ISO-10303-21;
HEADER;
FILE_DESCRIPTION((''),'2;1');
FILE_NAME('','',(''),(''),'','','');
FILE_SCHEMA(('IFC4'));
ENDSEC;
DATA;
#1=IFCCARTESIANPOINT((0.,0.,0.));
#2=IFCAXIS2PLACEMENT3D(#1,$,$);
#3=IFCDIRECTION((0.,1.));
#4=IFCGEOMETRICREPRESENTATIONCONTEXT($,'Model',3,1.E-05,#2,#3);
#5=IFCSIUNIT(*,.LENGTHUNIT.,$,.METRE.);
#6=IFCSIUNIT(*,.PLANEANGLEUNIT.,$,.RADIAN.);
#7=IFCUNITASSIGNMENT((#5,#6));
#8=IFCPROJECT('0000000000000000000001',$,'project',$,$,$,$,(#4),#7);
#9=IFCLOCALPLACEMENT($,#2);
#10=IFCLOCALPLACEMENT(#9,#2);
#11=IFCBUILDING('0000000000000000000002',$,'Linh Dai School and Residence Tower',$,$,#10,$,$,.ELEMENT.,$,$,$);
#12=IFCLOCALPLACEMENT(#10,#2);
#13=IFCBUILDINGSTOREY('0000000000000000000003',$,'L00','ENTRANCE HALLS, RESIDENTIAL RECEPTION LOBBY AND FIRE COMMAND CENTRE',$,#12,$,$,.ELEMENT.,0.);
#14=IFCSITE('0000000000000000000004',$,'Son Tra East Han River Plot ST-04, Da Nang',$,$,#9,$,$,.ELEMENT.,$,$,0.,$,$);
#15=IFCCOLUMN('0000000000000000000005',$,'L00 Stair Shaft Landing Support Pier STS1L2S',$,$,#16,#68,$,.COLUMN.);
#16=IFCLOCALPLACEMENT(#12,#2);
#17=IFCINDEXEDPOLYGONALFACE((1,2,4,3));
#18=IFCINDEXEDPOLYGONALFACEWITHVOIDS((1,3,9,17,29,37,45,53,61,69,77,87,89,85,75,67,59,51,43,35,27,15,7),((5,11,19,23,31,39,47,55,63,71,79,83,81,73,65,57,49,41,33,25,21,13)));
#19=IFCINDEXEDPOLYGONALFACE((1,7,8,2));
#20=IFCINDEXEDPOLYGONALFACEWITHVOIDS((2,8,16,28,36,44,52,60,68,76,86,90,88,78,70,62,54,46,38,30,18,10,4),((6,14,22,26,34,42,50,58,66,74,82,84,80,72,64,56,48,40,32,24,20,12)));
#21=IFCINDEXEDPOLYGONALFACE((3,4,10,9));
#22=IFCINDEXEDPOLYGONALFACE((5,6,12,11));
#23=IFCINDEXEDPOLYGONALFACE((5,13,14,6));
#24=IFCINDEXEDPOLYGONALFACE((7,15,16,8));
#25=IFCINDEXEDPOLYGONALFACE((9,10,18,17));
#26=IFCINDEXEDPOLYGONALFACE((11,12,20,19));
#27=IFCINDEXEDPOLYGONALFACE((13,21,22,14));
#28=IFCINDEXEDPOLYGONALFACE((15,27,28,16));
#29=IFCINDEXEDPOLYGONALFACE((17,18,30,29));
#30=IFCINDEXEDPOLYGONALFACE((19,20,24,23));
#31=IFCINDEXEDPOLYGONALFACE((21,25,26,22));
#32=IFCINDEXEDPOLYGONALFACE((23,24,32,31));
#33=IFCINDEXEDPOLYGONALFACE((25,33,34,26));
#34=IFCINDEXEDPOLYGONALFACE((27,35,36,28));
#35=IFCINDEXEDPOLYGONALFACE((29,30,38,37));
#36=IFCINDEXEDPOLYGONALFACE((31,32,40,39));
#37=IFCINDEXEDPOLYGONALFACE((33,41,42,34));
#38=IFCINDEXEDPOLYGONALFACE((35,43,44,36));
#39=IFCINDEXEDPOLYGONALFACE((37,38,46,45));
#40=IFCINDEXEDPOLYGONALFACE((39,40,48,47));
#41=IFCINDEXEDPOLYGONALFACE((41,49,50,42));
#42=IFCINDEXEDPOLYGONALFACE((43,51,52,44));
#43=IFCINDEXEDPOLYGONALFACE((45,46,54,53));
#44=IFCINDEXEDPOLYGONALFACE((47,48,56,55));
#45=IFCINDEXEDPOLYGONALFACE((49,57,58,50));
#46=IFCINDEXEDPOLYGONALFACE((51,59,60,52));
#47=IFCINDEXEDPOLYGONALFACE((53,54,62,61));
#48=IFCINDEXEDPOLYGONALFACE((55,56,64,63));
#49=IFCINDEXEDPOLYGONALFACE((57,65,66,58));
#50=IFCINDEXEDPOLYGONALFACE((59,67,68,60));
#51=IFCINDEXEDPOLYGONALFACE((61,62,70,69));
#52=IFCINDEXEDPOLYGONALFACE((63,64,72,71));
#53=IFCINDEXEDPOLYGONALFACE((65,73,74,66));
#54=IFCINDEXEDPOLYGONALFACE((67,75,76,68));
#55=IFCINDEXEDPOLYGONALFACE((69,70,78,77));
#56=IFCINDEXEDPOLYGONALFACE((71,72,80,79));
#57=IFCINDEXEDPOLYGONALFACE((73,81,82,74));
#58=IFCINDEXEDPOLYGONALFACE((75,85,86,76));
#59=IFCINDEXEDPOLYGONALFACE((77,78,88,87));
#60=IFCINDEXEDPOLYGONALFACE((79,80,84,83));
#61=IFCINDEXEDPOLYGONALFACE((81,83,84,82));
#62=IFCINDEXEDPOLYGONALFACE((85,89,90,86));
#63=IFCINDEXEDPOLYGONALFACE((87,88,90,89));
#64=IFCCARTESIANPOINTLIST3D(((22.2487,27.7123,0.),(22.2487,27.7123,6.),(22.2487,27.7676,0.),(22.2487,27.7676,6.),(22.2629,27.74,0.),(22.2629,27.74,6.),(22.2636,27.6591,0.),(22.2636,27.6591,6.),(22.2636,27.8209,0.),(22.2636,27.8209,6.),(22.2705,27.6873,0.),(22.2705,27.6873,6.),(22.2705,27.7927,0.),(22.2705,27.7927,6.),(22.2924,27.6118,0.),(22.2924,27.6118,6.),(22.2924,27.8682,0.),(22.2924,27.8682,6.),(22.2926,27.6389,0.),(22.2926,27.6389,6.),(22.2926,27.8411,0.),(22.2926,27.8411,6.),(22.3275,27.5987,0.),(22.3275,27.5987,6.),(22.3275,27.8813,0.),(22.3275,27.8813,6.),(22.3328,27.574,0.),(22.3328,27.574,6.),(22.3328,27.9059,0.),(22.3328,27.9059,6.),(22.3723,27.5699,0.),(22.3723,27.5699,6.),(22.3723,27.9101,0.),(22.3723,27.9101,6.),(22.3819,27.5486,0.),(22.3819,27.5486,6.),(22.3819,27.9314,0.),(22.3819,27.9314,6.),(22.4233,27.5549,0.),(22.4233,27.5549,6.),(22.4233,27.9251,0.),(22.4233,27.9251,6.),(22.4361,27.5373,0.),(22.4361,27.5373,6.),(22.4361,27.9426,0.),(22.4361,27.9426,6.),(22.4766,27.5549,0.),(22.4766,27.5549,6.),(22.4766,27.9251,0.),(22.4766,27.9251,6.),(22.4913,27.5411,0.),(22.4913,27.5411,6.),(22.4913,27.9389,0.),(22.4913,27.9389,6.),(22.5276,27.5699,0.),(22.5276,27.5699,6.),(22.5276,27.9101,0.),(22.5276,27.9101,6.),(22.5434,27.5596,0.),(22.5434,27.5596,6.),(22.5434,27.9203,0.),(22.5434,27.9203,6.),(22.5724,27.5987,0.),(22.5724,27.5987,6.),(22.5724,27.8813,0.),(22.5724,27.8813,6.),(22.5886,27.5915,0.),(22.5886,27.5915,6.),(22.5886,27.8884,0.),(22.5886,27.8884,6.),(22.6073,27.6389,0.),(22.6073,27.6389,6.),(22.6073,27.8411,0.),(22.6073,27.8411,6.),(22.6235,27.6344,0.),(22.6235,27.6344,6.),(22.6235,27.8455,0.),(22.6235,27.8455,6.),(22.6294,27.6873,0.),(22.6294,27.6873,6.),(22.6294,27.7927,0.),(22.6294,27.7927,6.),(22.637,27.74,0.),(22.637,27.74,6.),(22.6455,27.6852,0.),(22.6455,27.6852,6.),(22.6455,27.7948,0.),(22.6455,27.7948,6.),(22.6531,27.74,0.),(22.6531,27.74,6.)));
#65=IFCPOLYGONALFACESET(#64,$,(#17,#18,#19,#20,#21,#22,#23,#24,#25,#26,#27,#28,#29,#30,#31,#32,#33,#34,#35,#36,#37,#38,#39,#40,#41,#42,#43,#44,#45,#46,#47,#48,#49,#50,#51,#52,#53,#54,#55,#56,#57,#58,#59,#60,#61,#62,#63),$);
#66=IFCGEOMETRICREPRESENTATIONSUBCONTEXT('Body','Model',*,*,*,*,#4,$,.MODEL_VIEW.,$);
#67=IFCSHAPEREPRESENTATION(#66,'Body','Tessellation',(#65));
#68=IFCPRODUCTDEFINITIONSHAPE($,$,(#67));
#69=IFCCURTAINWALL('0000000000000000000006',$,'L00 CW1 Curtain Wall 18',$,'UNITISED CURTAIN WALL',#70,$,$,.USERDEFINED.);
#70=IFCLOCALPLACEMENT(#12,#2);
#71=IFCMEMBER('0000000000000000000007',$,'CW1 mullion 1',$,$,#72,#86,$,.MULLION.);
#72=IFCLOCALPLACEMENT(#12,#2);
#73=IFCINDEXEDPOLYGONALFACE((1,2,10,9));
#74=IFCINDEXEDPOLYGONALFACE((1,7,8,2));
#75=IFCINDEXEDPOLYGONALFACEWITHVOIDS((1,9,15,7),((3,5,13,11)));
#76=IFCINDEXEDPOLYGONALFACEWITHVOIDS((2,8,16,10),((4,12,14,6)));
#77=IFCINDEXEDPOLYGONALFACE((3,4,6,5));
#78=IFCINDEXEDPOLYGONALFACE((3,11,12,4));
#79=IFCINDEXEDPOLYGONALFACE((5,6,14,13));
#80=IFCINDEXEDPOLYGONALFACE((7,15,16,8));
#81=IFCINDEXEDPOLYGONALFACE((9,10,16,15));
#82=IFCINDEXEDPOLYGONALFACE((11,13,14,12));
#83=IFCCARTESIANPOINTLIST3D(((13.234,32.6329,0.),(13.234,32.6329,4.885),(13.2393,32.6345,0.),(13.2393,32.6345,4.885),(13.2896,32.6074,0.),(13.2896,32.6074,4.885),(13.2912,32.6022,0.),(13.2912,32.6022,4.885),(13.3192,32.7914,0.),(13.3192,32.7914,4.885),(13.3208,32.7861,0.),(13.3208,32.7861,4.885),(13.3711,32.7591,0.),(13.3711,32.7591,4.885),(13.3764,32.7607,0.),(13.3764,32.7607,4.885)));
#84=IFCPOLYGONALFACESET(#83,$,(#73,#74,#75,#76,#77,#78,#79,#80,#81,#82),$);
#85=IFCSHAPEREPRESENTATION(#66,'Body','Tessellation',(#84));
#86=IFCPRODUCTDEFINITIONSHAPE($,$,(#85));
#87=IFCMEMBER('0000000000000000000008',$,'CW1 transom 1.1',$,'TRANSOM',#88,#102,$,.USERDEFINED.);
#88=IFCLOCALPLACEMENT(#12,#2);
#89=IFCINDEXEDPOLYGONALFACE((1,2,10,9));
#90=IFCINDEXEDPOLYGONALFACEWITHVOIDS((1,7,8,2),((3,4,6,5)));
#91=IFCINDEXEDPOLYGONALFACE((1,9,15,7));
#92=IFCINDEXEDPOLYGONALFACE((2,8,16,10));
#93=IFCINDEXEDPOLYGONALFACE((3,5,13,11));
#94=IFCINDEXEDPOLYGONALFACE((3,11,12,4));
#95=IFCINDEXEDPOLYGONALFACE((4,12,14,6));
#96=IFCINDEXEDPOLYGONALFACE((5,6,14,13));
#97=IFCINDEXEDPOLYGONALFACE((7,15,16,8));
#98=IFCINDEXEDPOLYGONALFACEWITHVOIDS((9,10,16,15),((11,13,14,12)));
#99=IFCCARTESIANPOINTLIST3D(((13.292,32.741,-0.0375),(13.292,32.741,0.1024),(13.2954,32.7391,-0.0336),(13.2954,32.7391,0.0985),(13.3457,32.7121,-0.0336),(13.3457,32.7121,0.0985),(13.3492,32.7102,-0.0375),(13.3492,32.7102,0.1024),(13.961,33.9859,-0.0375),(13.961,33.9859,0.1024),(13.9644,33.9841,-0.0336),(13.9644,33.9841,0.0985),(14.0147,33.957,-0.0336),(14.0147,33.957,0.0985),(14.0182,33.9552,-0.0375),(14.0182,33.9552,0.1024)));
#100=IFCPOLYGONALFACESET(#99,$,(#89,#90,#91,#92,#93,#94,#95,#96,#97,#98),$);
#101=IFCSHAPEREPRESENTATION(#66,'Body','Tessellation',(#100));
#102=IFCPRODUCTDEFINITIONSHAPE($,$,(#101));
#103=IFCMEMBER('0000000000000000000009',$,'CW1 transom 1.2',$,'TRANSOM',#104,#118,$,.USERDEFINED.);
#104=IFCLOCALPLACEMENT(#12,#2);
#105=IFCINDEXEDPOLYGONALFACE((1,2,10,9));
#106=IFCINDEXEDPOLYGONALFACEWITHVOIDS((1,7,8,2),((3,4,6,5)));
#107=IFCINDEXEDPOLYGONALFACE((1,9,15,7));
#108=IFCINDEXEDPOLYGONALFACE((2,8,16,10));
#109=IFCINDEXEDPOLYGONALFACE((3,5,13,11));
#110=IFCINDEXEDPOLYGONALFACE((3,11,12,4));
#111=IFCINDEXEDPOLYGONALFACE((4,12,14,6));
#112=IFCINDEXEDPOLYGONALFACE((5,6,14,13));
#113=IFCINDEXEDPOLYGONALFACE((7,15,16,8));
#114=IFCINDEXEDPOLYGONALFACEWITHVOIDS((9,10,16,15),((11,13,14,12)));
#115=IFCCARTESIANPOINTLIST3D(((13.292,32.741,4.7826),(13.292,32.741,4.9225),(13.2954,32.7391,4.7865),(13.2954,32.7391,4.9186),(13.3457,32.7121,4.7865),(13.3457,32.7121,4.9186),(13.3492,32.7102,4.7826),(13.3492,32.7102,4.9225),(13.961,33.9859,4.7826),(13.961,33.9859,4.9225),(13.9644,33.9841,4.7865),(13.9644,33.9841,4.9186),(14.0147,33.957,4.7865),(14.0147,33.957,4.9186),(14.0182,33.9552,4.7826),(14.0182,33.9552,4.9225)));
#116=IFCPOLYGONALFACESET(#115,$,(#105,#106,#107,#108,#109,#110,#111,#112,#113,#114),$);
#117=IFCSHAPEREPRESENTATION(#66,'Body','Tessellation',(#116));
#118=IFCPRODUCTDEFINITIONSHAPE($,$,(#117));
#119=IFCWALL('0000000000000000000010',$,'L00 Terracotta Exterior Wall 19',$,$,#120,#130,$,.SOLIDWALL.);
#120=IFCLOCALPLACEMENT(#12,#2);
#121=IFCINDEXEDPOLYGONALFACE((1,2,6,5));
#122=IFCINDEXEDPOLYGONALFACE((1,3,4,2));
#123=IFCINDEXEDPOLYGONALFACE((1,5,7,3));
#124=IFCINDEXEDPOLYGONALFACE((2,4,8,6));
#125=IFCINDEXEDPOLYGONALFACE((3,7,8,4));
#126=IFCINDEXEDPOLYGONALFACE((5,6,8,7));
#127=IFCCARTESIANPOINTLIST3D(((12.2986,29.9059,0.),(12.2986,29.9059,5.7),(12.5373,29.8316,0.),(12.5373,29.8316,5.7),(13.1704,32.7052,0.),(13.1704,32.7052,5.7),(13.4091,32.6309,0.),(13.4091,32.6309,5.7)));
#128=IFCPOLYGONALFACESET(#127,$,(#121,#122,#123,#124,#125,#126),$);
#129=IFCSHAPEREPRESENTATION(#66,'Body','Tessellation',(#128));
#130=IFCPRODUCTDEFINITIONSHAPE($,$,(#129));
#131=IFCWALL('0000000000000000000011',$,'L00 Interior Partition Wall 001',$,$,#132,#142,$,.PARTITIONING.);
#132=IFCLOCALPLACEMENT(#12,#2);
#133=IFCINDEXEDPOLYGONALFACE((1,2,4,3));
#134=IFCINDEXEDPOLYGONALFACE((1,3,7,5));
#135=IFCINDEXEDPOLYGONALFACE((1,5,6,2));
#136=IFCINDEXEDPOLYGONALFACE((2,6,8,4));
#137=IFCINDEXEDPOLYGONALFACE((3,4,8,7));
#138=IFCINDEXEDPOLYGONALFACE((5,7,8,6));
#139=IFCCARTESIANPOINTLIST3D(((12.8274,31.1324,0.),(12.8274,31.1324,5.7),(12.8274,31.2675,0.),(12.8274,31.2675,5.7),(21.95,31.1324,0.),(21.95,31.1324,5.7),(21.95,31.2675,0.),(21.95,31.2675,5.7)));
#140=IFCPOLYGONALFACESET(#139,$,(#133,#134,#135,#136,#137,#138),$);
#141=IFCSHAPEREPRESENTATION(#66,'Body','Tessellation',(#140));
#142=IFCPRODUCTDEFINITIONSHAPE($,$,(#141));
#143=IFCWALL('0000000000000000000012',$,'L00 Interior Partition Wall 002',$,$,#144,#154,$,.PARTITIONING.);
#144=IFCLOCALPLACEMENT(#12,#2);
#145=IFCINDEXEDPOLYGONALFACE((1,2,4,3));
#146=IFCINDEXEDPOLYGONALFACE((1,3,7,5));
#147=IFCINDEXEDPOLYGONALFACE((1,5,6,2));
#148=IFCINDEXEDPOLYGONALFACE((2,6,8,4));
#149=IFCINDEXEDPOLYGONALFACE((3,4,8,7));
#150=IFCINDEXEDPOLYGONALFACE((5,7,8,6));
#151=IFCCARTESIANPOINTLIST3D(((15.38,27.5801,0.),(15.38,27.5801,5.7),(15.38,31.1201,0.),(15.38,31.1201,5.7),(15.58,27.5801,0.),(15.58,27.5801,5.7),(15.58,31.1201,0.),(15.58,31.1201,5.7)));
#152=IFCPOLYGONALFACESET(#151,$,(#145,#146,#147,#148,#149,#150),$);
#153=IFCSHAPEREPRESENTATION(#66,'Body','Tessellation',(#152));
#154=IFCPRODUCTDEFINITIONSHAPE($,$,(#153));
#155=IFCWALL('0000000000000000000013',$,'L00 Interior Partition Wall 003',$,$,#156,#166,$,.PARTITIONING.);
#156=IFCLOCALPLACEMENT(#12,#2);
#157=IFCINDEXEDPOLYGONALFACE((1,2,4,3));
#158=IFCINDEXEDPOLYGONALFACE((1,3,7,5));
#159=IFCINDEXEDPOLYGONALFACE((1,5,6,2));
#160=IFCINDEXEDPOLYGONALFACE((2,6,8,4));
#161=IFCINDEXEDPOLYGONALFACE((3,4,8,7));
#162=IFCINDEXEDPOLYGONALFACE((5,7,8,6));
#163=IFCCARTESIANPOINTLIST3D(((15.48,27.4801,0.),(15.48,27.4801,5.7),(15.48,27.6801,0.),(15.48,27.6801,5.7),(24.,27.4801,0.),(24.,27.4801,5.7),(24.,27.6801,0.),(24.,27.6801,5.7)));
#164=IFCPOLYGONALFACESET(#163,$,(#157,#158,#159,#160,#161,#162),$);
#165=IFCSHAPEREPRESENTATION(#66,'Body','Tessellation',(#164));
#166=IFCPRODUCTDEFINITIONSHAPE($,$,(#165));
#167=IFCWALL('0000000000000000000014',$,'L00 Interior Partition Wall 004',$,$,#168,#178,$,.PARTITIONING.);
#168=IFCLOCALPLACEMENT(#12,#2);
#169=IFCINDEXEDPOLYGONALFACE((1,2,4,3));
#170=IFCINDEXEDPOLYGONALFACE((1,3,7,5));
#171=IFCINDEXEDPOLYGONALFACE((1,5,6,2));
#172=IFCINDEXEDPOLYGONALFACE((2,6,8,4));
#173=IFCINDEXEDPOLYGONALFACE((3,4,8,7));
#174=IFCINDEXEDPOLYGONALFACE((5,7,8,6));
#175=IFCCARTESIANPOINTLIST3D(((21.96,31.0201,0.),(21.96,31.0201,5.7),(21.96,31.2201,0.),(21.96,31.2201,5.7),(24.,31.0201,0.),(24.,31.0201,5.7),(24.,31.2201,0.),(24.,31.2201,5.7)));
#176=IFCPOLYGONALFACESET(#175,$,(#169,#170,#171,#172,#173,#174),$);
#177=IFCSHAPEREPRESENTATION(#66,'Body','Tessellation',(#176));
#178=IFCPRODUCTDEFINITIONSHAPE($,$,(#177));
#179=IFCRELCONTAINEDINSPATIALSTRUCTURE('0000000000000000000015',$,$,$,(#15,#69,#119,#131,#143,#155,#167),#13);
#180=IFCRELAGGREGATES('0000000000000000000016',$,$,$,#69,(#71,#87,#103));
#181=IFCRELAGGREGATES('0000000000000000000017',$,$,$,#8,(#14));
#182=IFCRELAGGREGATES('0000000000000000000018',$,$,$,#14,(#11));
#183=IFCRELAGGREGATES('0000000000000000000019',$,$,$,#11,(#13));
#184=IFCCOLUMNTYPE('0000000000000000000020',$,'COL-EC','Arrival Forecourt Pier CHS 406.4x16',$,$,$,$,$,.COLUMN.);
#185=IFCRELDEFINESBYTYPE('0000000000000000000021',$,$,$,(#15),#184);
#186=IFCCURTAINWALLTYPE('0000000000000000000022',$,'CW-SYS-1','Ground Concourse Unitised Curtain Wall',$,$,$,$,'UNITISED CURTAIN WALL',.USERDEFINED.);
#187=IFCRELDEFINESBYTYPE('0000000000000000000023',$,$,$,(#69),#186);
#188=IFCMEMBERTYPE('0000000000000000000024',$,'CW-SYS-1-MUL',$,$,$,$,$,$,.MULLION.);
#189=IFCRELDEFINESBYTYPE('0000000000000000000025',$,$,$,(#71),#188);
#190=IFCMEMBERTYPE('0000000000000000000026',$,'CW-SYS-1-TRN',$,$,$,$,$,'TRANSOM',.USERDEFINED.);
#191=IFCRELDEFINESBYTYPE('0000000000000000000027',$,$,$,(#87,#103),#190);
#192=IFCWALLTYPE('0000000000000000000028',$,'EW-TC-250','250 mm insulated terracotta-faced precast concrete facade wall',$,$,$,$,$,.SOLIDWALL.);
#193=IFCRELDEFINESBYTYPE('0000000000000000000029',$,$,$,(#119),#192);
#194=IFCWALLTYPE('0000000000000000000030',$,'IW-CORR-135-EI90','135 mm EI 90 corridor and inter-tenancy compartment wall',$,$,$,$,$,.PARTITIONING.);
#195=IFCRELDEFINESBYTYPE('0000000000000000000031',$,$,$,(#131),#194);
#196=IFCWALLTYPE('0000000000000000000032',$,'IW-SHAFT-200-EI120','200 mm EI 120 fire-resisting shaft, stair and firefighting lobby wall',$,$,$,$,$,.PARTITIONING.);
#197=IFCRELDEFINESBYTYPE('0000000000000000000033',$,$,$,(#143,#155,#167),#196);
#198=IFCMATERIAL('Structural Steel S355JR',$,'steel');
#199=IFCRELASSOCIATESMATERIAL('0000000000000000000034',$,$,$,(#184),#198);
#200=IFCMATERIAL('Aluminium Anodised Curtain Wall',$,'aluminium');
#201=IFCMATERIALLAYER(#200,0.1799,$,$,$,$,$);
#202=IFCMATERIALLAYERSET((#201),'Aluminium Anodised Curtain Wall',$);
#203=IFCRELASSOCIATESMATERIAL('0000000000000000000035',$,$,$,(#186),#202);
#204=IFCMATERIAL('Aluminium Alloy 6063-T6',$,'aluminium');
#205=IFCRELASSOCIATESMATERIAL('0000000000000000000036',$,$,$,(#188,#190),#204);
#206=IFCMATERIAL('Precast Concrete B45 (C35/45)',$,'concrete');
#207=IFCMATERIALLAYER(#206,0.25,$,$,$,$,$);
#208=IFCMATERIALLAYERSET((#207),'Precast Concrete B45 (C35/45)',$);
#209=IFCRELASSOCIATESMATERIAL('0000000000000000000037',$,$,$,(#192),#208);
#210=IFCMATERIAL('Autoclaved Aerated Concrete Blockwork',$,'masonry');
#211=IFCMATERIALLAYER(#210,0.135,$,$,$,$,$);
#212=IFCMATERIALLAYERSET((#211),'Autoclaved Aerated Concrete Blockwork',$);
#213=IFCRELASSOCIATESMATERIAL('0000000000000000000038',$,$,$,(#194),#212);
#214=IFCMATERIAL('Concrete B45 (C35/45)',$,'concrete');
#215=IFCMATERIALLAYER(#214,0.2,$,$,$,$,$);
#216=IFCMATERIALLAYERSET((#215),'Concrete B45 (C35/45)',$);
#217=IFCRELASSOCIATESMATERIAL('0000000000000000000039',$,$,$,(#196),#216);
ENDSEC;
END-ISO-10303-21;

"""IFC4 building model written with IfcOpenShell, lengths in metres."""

from ifc_helpers import new_model, si_unit, direction, frame, frame_2d, origin, origin_2d, place, context, subcontext, project, spatial, rectangle, hollow_rectangle, hollow_circle, extrude, source, transform, mapped, material, layer, layer_set, material_profile, profile_set, type_object, element, aggregate, save


model = new_model("IFC4")

# Units and contexts
model_context = context("Model", 3, precision=1e-05, world=origin(), true_north=direction((0.0, 1.0)))
body_context = subcontext(model_context, "Body", "Model", "MODEL_VIEW")
ifc_project = project(units=[si_unit("LENGTHUNIT", "METRE"), si_unit("PLANEANGLEUNIT", "RADIAN")], contexts=[model_context])

# Site, building, storey
site_placement = place(None, origin())
site = spatial("IfcSite", under=ifc_project, at=site_placement, Name="Son Tra East Han River Plot ST-04, Da Nang", CompositionType="ELEMENT", RefElevation=0.0)
building_placement = place(site_placement, origin())
building = spatial("IfcBuilding", under=site, at=building_placement, Name="Linh Dai School and Residence Tower", CompositionType="ELEMENT")
storey_placement = place(building_placement, origin())
storey = spatial("IfcBuildingStorey", under=building, at=storey_placement, Name="L00", Description="ENTRANCE HALLS, RESIDENTIAL RECEPTION LOBBY AND FIRE COMMAND CENTRE", CompositionType="ELEMENT", Elevation=0.0)

# Column
ifc_material_1 = material(Name="Structural Steel S355JR", Category="steel")
ifc_material_profile_1 = material_profile(ifc_material_1, hollow_circle(Radius=0.2031, WallThickness=0.0161, at=origin_2d()), Name="CHS 406.4x16")
ifc_profile_set_1 = profile_set([ifc_material_profile_1], Name="Structural Steel S355JR")
column_type = type_object("IfcColumnType", Name="COL-EC", Description="Arrival Forecourt Pier CHS 406.4x16", PredefinedType="COLUMN", material=ifc_profile_set_1)
for number, where, z_axis, x_axis, name in (
    (1, (22.45, 27.74, 0.0), (0.0, 0.0, 1.0), (1.0, 0.0, 0.0), "L00 Stair Shaft Landing Support Pier STS1L2S"),
):
    element("IfcColumn", number, at=place(storey_placement, frame(where, z_axis=z_axis, x_axis=x_axis)), inside=storey, type_object=column_type, Name=name, PredefinedType="COLUMN", context=body_context, shape_type="SweptSolid", body=[
        extrude(hollow_circle(Radius=0.2031, WallThickness=0.0161, at=origin_2d()), origin(), (0.0, 0.0, 1.0), 6.0),
    ])

# Curtain wall, members
ifc_material_2 = material(Name="Aluminium Anodised Curtain Wall", Category="aluminium")
ifc_layer_1 = layer(ifc_material_2, 0.1799)
ifc_layer_set_1 = layer_set([ifc_layer_1], Name="Aluminium Anodised Curtain Wall")
curtain_wall_type = type_object("IfcCurtainWallType", Name="CW-SYS-1", Description="Ground Concourse Unitised Curtain Wall", ElementType="UNITISED CURTAIN WALL", PredefinedType="USERDEFINED", material=ifc_layer_set_1)
curtain_wall_placement = place(storey_placement, origin())
curtain_wall = element("IfcCurtainWall", 2, at=curtain_wall_placement, inside=storey, type_object=curtain_wall_type, Name="L00 CW1 Curtain Wall 18", ObjectType="UNITISED CURTAIN WALL", PredefinedType="USERDEFINED")
ifc_material_3 = material(Name="Aluminium Alloy 6063-T6", Category="aluminium")
ifc_material_profile_2 = material_profile(ifc_material_3, hollow_rectangle(XDim=0.0649, YDim=0.1799, WallThickness=0.0039, at=origin_2d()), Name="RHS 180x65x4")
ifc_profile_set_2 = profile_set([ifc_material_profile_2], Name="Aluminium Alloy 6063-T6")
member_type_1 = type_object("IfcMemberType", Name="CW-SYS-1-MUL", PredefinedType="MULLION", material=ifc_profile_set_2)
shared_shape_1 = source(origin(), body_context, "Body", "SweptSolid", [
    extrude(hollow_rectangle(XDim=0.0649, YDim=0.1799, WallThickness=0.0039, at=origin_2d()), origin(), (0.0, 0.0, 1.0), 4.885),
])
member_1_placement = place(storey_placement, frame((13.3052, 32.6968, 0.0), z_axis=(0.0, 0.0, 1.0), x_axis=(-0.880872, 0.473355, 0.0)))
member_1 = element("IfcMember", 3, at=member_1_placement, type_object=member_type_1, Name="CW1 mullion 1", PredefinedType="MULLION", context=body_context, shape_type="MappedRepresentation", body=[
    mapped(shared_shape_1, transform((0.0, 0.0, 0.0), x_axis=(1.0, 0.0, 0.0), y_axis=(0.0, 1.0, 0.0), z_axis=(0.0, 0.0, 1.0), scale=1.0)),
])
ifc_material_profile_3 = material_profile(ifc_material_3, hollow_rectangle(XDim=0.0649, YDim=0.1399, WallThickness=0.0039, at=origin_2d()), Name="RHS 140x65x4")
ifc_profile_set_3 = profile_set([ifc_material_profile_3], Name="Aluminium Alloy 6063-T6")
member_type_2 = type_object("IfcMemberType", Name="CW-SYS-1-TRN", ElementType="TRANSOM", PredefinedType="USERDEFINED", material=ifc_profile_set_3)
shared_shape_2 = source(origin(), body_context, "Body", "SweptSolid", [
    extrude(hollow_rectangle(XDim=0.0649, YDim=0.1399, WallThickness=0.0039, at=origin_2d()), origin(), (0.0, 0.0, 1.0), 1.4133),
])
member_2_placement = place(storey_placement, frame((13.3206, 32.7256, 0.0325), z_axis=(0.473348, 0.880876, 0.0), x_axis=(-0.880876, 0.473348, 0.0)))
member_2 = element("IfcMember", 4, at=member_2_placement, type_object=member_type_2, Name="CW1 transom 1.1", ObjectType="TRANSOM", PredefinedType="USERDEFINED", context=body_context, shape_type="MappedRepresentation", body=[
    mapped(shared_shape_2, transform((0.0, 0.0, 0.0), x_axis=(1.0, 0.0, 0.0), y_axis=(0.0, 1.0, 0.0), z_axis=(0.0, 0.0, 1.0), scale=1.0)),
])
member_3_placement = place(storey_placement, frame((13.3206, 32.7256, 4.8525), z_axis=(0.473348, 0.880876, 0.0), x_axis=(-0.880876, 0.473348, 0.0)))
member_3 = element("IfcMember", 5, at=member_3_placement, type_object=member_type_2, Name="CW1 transom 1.2", ObjectType="TRANSOM", PredefinedType="USERDEFINED", context=body_context, shape_type="MappedRepresentation", body=[
    mapped(shared_shape_2, transform((0.0, 0.0, 0.0), x_axis=(1.0, 0.0, 0.0), y_axis=(0.0, 1.0, 0.0), z_axis=(0.0, 0.0, 1.0), scale=1.0)),
])
aggregate(curtain_wall, [member_1, member_2, member_3])

# Walls
ifc_material_4 = material(Name="Precast Concrete B45 (C35/45)", Category="concrete")
ifc_layer_2 = layer(ifc_material_4, 0.25)
ifc_layer_set_2 = layer_set([ifc_layer_2], Name="Precast Concrete B45 (C35/45)")
wall_type_1 = type_object("IfcWallType", Name="EW-TC-250", Description="250 mm insulated terracotta-faced precast concrete facade wall", PredefinedType="SOLIDWALL", material=ifc_layer_set_2)
wall_1_placement = place(storey_placement, frame((12.418, 29.8689, 0.0), z_axis=(0.0, 0.0, 1.0), x_axis=(0.297355, 0.954767, 0.0)))
element("IfcWall", 6, at=wall_1_placement, inside=storey, type_object=wall_type_1, Name="L00 Terracotta Exterior Wall 19", PredefinedType="SOLIDWALL", context=body_context, shape_type="SweptSolid", body=[
    extrude(rectangle(XDim=2.9319, YDim=0.25, at=frame_2d((1.4658, 0.0))), origin(), (0.0, 0.0, 1.0), 5.7),
])
ifc_material_5 = material(Name="Autoclaved Aerated Concrete Blockwork", Category="masonry")
ifc_layer_3 = layer(ifc_material_5, 0.135)
ifc_layer_set_3 = layer_set([ifc_layer_3], Name="Autoclaved Aerated Concrete Blockwork")
wall_type_2 = type_object("IfcWallType", Name="IW-CORR-135-EI90", Description="135 mm EI 90 corridor and inter-tenancy compartment wall", PredefinedType="PARTITIONING", material=ifc_layer_set_3)
wall_2_placement = place(storey_placement, frame((12.8274, 31.2, 0.0), z_axis=(0.0, 0.0, 1.0), x_axis=(1.0, 0.0, 0.0)))
element("IfcWall", 7, at=wall_2_placement, inside=storey, type_object=wall_type_2, Name="L00 Interior Partition Wall 001", PredefinedType="PARTITIONING", context=body_context, shape_type="SweptSolid", body=[
    extrude(rectangle(XDim=9.1226, YDim=0.135, at=frame_2d((4.5613, 0.0))), origin(), (0.0, 0.0, 1.0), 5.7),
])
ifc_material_6 = material(Name="Concrete B45 (C35/45)", Category="concrete")
ifc_layer_4 = layer(ifc_material_6, 0.2)
ifc_layer_set_4 = layer_set([ifc_layer_4], Name="Concrete B45 (C35/45)")
wall_type_3 = type_object("IfcWallType", Name="IW-SHAFT-200-EI120", Description="200 mm EI 120 fire-resisting shaft, stair and firefighting lobby wall", PredefinedType="PARTITIONING", material=ifc_layer_set_4)
wall_3_placement = place(storey_placement, frame((15.48, 27.5801, 0.0), z_axis=(0.0, 0.0, 1.0), x_axis=(0.0, 1.0, 0.0)))
element("IfcWall", 8, at=wall_3_placement, inside=storey, type_object=wall_type_3, Name="L00 Interior Partition Wall 002", PredefinedType="PARTITIONING", context=body_context, shape_type="SweptSolid", body=[
    extrude(rectangle(XDim=3.54, YDim=0.2, at=frame_2d((1.77, 0.0))), origin(), (0.0, 0.0, 1.0), 5.7),
])
wall_4_placement = place(storey_placement, frame((15.48, 27.5801, 0.0), z_axis=(0.0, 0.0, 1.0), x_axis=(1.0, 0.0, 0.0)))
element("IfcWall", 9, at=wall_4_placement, inside=storey, type_object=wall_type_3, Name="L00 Interior Partition Wall 003", PredefinedType="PARTITIONING", context=body_context, shape_type="SweptSolid", body=[
    extrude(rectangle(XDim=8.52, YDim=0.2, at=frame_2d((4.26, 0.0))), origin(), (0.0, 0.0, 1.0), 5.7),
])
wall_5_placement = place(storey_placement, frame((21.96, 31.1201, 0.0), z_axis=(0.0, 0.0, 1.0), x_axis=(1.0, 0.0, 0.0)))
element("IfcWall", 10, at=wall_5_placement, inside=storey, type_object=wall_type_3, Name="L00 Interior Partition Wall 004", PredefinedType="PARTITIONING", context=body_context, shape_type="SweptSolid", body=[
    extrude(rectangle(XDim=2.04, YDim=0.2, at=frame_2d((1.02, 0.0))), origin(), (0.0, 0.0, 1.0), 5.7),
])

save(model, "model.ifc")
